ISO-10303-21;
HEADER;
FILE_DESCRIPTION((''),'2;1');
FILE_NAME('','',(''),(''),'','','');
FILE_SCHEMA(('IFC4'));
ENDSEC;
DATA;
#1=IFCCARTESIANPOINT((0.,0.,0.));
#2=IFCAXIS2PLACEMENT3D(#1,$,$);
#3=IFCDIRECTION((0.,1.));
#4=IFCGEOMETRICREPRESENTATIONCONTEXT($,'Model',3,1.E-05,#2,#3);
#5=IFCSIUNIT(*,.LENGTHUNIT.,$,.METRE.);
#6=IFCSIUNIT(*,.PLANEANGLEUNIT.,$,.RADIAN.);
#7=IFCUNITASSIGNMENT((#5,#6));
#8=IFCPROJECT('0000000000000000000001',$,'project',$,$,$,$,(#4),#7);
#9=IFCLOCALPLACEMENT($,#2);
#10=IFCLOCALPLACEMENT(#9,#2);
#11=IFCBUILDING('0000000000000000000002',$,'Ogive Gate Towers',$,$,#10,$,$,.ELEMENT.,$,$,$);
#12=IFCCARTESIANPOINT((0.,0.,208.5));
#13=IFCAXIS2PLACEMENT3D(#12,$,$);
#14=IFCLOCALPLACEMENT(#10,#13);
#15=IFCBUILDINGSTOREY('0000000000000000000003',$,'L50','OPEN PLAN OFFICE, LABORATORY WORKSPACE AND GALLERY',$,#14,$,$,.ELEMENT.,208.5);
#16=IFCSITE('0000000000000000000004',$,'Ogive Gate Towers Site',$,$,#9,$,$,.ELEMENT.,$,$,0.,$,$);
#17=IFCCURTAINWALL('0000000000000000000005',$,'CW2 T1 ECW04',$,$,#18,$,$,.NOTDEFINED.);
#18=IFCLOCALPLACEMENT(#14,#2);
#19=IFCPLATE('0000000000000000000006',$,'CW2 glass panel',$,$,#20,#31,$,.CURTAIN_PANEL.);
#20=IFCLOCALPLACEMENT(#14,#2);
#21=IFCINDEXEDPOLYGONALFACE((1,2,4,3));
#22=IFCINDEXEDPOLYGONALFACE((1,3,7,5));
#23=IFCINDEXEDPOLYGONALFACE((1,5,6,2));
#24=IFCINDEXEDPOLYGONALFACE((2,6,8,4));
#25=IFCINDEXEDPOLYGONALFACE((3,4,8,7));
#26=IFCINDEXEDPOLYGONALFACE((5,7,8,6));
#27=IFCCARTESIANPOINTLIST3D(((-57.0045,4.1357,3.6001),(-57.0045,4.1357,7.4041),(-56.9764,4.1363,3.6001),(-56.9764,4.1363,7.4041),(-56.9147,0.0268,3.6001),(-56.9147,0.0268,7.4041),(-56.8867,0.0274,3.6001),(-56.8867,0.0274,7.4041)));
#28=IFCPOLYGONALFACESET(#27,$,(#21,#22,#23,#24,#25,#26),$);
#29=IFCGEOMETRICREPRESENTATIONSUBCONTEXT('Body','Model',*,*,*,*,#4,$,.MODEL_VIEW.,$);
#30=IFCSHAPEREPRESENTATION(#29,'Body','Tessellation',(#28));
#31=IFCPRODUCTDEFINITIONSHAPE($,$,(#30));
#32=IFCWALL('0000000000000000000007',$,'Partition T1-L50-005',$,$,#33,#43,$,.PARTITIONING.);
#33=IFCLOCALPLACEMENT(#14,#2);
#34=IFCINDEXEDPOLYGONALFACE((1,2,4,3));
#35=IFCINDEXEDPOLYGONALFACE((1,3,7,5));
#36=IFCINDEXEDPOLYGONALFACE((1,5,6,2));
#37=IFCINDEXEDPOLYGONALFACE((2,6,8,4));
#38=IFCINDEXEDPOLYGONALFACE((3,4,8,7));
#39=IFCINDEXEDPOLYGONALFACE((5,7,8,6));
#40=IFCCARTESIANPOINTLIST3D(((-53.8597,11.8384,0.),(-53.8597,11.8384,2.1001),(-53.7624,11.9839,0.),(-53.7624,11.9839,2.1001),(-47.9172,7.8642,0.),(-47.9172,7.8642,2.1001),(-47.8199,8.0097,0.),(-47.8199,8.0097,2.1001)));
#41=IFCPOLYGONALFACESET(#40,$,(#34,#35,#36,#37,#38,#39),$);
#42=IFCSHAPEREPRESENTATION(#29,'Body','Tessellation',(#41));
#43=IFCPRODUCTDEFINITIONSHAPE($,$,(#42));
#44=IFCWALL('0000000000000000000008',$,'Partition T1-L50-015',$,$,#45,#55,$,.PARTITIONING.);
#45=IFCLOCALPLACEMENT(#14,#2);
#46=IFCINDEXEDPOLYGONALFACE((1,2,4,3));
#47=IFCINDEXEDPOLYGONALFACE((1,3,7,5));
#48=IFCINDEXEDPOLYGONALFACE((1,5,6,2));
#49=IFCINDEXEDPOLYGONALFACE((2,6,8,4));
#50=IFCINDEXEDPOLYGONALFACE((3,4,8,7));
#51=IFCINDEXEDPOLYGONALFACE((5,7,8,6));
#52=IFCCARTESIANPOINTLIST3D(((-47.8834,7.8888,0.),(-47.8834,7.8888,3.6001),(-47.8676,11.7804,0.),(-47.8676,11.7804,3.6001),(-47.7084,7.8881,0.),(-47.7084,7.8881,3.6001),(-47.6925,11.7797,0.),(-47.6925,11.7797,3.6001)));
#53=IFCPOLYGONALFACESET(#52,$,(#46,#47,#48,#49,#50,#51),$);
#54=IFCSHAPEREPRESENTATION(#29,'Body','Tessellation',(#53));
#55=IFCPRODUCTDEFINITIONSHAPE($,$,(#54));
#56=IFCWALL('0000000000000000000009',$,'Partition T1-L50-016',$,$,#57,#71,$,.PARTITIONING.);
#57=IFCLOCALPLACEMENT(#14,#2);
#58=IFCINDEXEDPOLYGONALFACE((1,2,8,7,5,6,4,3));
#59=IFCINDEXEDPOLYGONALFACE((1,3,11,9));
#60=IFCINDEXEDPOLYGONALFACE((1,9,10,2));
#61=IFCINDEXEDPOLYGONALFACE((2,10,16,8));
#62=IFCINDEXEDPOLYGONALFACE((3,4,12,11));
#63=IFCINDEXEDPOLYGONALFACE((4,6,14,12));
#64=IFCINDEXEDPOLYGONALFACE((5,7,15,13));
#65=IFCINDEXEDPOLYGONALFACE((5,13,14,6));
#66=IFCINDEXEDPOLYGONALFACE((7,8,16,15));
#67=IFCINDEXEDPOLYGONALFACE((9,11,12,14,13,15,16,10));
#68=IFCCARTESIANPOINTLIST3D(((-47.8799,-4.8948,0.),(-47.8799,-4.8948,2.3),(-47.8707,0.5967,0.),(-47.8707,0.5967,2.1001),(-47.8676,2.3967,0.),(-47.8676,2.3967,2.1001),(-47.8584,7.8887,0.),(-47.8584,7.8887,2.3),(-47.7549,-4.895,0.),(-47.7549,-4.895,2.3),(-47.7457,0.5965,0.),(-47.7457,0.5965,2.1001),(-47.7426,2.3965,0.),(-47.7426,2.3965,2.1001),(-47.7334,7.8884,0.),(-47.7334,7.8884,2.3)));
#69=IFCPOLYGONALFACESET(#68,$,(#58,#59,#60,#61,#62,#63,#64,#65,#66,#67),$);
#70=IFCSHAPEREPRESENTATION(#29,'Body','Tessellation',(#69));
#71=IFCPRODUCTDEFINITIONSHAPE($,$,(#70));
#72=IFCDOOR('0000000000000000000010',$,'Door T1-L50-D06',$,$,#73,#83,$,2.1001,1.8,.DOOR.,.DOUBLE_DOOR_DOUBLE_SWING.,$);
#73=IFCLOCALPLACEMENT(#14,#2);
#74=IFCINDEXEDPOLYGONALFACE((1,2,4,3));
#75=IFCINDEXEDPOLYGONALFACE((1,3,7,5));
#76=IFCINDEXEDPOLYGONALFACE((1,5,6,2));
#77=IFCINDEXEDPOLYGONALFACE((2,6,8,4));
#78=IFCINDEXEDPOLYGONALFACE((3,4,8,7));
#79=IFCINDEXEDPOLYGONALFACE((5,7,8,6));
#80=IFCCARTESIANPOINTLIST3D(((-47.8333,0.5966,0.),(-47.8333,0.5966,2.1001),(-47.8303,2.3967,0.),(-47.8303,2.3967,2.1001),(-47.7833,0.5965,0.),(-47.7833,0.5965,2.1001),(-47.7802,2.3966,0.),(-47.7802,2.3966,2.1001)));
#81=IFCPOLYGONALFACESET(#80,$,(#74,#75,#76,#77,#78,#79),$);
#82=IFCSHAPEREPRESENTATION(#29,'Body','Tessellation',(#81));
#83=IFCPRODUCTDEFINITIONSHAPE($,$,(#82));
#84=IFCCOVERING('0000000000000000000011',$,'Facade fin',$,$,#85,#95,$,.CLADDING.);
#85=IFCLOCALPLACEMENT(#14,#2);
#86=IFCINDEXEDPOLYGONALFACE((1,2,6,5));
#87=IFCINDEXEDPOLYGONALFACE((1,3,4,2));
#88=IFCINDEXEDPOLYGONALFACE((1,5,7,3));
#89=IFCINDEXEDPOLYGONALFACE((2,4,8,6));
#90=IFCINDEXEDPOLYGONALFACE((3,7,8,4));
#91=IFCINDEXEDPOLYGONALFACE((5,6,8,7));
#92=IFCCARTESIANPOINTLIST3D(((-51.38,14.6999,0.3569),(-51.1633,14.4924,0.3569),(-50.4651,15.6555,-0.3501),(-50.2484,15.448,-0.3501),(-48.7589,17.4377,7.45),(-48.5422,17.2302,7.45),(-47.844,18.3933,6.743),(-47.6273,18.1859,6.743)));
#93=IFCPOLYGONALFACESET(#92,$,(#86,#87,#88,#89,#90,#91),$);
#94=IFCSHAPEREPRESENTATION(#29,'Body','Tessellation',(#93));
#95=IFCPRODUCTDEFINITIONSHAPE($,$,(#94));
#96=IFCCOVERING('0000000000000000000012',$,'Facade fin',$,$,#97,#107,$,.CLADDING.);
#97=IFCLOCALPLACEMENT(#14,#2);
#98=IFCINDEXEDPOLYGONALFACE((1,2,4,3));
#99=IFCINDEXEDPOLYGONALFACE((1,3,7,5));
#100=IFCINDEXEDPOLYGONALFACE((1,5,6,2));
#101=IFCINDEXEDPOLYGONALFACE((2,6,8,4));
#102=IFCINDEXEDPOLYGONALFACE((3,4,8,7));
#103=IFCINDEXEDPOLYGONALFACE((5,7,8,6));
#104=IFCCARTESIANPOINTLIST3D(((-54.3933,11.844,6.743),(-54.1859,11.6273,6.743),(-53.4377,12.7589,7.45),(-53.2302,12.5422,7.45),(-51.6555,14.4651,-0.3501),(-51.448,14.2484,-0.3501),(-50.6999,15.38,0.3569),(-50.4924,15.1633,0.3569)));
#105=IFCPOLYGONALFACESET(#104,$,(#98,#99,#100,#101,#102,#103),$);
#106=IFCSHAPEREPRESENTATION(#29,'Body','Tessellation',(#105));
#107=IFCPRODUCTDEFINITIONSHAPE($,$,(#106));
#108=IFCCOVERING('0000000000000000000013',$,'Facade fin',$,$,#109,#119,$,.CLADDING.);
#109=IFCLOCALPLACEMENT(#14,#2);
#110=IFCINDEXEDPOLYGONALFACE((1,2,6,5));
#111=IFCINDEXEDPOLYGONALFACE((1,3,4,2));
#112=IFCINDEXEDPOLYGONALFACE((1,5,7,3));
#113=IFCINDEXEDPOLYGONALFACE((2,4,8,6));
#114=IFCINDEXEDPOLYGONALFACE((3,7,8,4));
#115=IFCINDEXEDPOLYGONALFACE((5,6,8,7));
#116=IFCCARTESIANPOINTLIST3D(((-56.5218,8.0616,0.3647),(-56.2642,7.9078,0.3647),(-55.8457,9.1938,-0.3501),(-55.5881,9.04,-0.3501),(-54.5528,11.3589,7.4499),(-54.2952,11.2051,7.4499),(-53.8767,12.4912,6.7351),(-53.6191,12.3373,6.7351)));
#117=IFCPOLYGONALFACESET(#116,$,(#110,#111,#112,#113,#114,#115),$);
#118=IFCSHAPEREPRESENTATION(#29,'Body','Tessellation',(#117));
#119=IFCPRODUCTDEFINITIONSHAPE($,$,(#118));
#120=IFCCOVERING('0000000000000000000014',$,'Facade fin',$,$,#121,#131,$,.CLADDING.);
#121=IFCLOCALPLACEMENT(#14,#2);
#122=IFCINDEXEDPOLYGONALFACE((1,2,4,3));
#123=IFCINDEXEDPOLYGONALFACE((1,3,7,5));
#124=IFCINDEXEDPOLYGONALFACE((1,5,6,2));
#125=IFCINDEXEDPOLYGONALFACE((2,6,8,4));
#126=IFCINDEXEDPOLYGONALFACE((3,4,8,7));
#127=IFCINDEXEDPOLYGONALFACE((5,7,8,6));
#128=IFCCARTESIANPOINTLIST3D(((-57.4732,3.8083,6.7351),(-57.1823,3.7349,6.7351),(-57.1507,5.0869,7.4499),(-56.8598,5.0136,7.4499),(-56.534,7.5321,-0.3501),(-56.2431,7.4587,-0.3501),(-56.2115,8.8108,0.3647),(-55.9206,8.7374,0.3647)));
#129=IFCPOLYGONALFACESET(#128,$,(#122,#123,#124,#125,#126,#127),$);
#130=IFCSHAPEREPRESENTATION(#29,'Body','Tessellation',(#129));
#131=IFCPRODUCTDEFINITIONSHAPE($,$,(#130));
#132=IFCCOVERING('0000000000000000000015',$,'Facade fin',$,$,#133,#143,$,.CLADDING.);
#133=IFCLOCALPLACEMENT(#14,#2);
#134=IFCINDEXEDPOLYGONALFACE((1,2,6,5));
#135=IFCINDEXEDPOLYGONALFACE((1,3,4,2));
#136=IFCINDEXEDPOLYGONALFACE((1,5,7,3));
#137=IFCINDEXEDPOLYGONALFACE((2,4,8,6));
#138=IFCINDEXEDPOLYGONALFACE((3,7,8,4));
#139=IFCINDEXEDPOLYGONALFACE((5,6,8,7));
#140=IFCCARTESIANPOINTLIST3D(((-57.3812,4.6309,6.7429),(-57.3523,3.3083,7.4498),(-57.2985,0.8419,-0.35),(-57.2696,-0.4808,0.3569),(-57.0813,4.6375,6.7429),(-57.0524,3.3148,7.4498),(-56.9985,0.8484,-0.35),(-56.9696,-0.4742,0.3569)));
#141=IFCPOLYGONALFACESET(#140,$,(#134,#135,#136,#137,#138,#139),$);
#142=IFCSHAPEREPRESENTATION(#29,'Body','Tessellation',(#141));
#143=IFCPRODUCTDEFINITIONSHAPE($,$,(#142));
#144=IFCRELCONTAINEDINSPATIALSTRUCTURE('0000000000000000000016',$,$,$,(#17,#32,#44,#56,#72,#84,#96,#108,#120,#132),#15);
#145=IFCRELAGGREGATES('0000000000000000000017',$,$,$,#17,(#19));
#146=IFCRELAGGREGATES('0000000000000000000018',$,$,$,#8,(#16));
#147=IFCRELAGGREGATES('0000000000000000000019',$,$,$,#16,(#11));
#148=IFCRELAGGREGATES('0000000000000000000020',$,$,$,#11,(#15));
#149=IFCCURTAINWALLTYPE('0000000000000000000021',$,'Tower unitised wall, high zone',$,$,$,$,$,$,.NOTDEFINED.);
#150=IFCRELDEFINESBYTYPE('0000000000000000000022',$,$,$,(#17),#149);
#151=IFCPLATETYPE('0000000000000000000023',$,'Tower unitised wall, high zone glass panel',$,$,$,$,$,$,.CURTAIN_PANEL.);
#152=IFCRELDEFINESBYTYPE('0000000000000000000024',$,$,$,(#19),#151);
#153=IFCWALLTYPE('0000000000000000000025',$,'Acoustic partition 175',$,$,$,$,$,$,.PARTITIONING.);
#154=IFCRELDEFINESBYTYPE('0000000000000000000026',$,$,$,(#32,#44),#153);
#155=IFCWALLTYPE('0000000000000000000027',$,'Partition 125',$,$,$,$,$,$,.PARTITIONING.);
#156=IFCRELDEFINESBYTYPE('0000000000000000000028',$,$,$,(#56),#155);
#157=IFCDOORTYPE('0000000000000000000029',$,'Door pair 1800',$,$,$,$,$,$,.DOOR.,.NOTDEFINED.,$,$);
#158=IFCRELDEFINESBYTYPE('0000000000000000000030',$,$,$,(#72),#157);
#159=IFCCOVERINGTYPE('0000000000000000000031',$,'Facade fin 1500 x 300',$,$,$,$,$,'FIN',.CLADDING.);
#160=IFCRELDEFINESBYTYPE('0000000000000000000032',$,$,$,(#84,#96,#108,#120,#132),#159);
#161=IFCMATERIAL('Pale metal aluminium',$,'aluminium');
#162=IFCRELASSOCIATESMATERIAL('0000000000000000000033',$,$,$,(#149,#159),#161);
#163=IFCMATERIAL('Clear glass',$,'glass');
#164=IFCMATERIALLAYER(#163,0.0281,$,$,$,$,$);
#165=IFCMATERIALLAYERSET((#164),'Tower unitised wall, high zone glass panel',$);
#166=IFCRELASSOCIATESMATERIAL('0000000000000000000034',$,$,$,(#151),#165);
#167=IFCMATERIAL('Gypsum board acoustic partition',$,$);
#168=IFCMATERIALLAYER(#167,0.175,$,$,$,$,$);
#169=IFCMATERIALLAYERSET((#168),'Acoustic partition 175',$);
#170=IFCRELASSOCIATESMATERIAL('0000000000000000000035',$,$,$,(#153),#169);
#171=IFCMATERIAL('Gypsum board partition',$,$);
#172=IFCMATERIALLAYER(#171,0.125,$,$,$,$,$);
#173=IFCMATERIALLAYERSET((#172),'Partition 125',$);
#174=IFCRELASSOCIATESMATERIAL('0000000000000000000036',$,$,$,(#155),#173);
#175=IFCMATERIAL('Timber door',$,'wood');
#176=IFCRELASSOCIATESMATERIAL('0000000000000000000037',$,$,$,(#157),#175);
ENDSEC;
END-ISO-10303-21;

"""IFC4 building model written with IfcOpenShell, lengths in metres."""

from ifc_helpers import new_model, si_unit, direction, frame, frame_2d, origin, origin_2d, place, context, subcontext, project, spatial, rectangle, extrude, material, layer, layer_set, material_profile, profile_set, type_object, element, fill, aggregate, save


model = new_model("IFC4")

# Units and contexts
model_context = context("Model", 3, precision=1e-05, world=origin(), true_north=direction((0.0, 1.0)))
body_context = subcontext(model_context, "Body", "Model", "MODEL_VIEW")
ifc_project = project(units=[si_unit("LENGTHUNIT", "METRE"), si_unit("PLANEANGLEUNIT", "RADIAN")], contexts=[model_context])

# Site, building, storey
site_placement = place(None, origin())
site = spatial("IfcSite", under=ifc_project, at=site_placement, Name="Ogive Gate Towers Site", CompositionType="ELEMENT", RefElevation=0.0)
building_placement = place(site_placement, origin())
building = spatial("IfcBuilding", under=site, at=building_placement, Name="Ogive Gate Towers", CompositionType="ELEMENT")
storey_placement = place(building_placement, frame((0.0, 0.0, 208.5)))
storey = spatial("IfcBuildingStorey", under=building, at=storey_placement, Name="L50", Description="OPEN PLAN OFFICE, LABORATORY WORKSPACE AND GALLERY", CompositionType="ELEMENT", Elevation=208.5)

# Curtain wall
ifc_material_1 = material(Name="Pale metal aluminium", Category="aluminium")
curtain_wall_type = type_object("IfcCurtainWallType", Name="Tower unitised wall, high zone", PredefinedType="NOTDEFINED", material=ifc_material_1)
curtain_wall_1_placement = place(storey_placement, origin())
curtain_wall_1 = element("IfcCurtainWall", 1, at=curtain_wall_1_placement, inside=storey, type_object=curtain_wall_type, Name="CW2 T1 ECW04", PredefinedType="NOTDEFINED")

# Plate
ifc_material_2 = material(Name="Clear glass", Category="glass")
ifc_layer_1 = layer(ifc_material_2, 0.0281)
ifc_layer_set_1 = layer_set([ifc_layer_1], Name="Tower unitised wall, high zone glass panel")
plate_type = type_object("IfcPlateType", Name="Tower unitised wall, high zone glass panel", PredefinedType="CURTAIN_PANEL", material=ifc_layer_set_1)
plate_1_placement = place(storey_placement, frame((-56.9456, 2.0815, 3.6001), z_axis=(0.0, 0.0, 1.0), x_axis=(0.021832, -0.999762, 0.0)))
plate_1 = element("IfcPlate", 2, at=plate_1_placement, type_object=plate_type, Name="CW2 glass panel", PredefinedType="CURTAIN_PANEL", context=body_context, shape_type="SweptSolid", body=[
    extrude(rectangle(XDim=4.1099, YDim=0.0281, at=origin_2d()), origin(), (0.0, 0.0, 1.0), 3.804),
])
aggregate(curtain_wall_1, [plate_1])

# Walls
ifc_material_3 = material(Name="Gypsum board acoustic partition")
ifc_layer_2 = layer(ifc_material_3, 0.175)
ifc_layer_set_2 = layer_set([ifc_layer_2], Name="Acoustic partition 175")
wall_type_1 = type_object("IfcWallType", Name="Acoustic partition 175", PredefinedType="PARTITIONING", material=ifc_layer_set_2)
wall_1_placement = place(storey_placement, frame((-53.811, 11.9111, 0.0), z_axis=(0.0, 0.0, 1.0), x_axis=(0.83124, -0.555913, 0.0)))
element("IfcWall", 3, at=wall_1_placement, inside=storey, type_object=wall_type_1, Name="Partition T1-L50-005", PredefinedType="PARTITIONING", context=body_context, shape_type="SweptSolid", body=[
    extrude(rectangle(XDim=7.1489, YDim=0.175, at=frame_2d((3.5745, 0.0))), origin(), (0.0, 0.0, 1.0), 2.1001),
])
wall_2_placement = place(storey_placement, frame((-47.78, 11.78, 0.0), z_axis=(0.0, 0.0, 1.0), x_axis=(-0.004078, -0.999992, 0.0)))
element("IfcWall", 4, at=wall_2_placement, inside=storey, type_object=wall_type_1, Name="Partition T1-L50-015", PredefinedType="PARTITIONING", context=body_context, shape_type="SweptSolid", body=[
    extrude(rectangle(XDim=3.8916, YDim=0.175, at=frame_2d((1.9458, 0.0))), origin(), (0.0, 0.0, 1.0), 3.6001),
])

# Wall, opening, door
ifc_material_4 = material(Name="Gypsum board partition")
ifc_layer_3 = layer(ifc_material_4, 0.125)
ifc_layer_set_3 = layer_set([ifc_layer_3], Name="Partition 125")
wall_type_2 = type_object("IfcWallType", Name="Partition 125", PredefinedType="PARTITIONING", material=ifc_layer_set_3)
wall_3_placement = place(storey_placement, frame((-47.7959, 7.8884, 0.0), z_axis=(0.0, 0.0, 1.0), x_axis=(-0.001681, -0.999999, 0.0)))
wall_3 = element("IfcWall", 5, at=wall_3_placement, inside=storey, type_object=wall_type_2, Name="Partition T1-L50-016", PredefinedType="PARTITIONING", context=body_context, shape_type="SweptSolid", body=[
    extrude(rectangle(XDim=12.7834, YDim=0.125, at=frame_2d((6.3916, 0.0))), origin(), (0.0, 0.0, 1.0), 2.3),
])
opening_placement = place(wall_3_placement, frame((5.4919, 0.0, 0.0)))
opening = element("IfcOpeningElement", 6, at=opening_placement, cuts=wall_3, PredefinedType="OPENING", context=body_context, shape_type="SweptSolid", body=[
    extrude(rectangle(XDim=1.8, YDim=2.1001, at=frame_2d((0.8999, 1.05))), frame((0.0, 0.0725, 0.0), z_axis=(0.0, -1.0, 0.0), x_axis=(1.0, 0.0, 0.0)), (0.0, 0.0, 1.0), 0.145),
])
ifc_material_5 = material(Name="Timber door", Category="wood")
door_type = type_object("IfcDoorType", Name="Door pair 1800", OperationType="NOTDEFINED", PredefinedType="DOOR", material=ifc_material_5)
door_placement = place(opening_placement, origin())
door = element("IfcDoor", 7, at=door_placement, inside=storey, type_object=door_type, Name="Door T1-L50-D06", OperationType="DOUBLE_DOOR_DOUBLE_SWING", OverallHeight=2.1001, OverallWidth=1.8, PredefinedType="DOOR", context=body_context, shape_type="SweptSolid", body=[
    extrude(rectangle(XDim=1.8, YDim=2.1001, at=frame_2d((0.8999, 1.05))), frame((0.0, 0.0249, 0.0), z_axis=(0.0, -1.0, 0.0), x_axis=(1.0, 0.0, 0.0)), (0.0, 0.0, 1.0), 0.05),
])
fill(opening, door)

# Coverings
ifc_material_profile_1 = material_profile(ifc_material_1, rectangle(XDim=0.3, YDim=1.5, at=origin_2d()), Name="1500 x 300 pale metal aluminium")
ifc_profile_set_1 = profile_set([ifc_material_profile_1], Name="Pale metal aluminium")
covering_type = type_object("IfcCoveringType", Name="Facade fin 1500 x 300", ElementType="FIN", PredefinedType="CLADDING", material=ifc_profile_set_1)
for number, where, z_axis, x_axis, name in (
    (8, (-50.8142, 15.074, 0.0034), (0.325919, 0.34043, 0.881978), (-0.722334, 0.691544, 0.0), "Facade fin"),
    (9, (-51.074, 14.8142, 0.0034), (-0.34043, -0.325919, 0.881978), (0.691544, -0.722334, 0.0), "Facade fin"),
):
    element("IfcCovering", number, at=place(storey_placement, frame(where, z_axis=z_axis, x_axis=x_axis)), inside=storey, type_object=covering_type, Name=name, PredefinedType="CLADDING", context=body_context, shape_type="SweptSolid", body=[
        extrude(rectangle(XDim=0.3, YDim=1.5, at=origin_2d()), origin(), (0.0, 0.0, 1.0), 8.0422),
    ])
for number, where, z_axis, x_axis, name in (
    (10, (-56.0549, 8.5508, 0.0073), (0.244318, 0.409146, 0.879152), (-0.858574, 0.51269, 0.0), "Facade fin"),
    (11, (-56.2273, 8.1348, 0.0073), (-0.11654, -0.46207, 0.879153), (0.969636, -0.244554, 0.0), "Facade fin"),
):
    element("IfcCovering", number, at=place(storey_placement, frame(where, z_axis=z_axis, x_axis=x_axis)), inside=storey, type_object=covering_type, Name=name, PredefinedType="CLADDING", context=body_context, shape_type="SweptSolid", body=[
        extrude(rectangle(XDim=0.3, YDim=1.5, at=origin_2d()), origin(), (0.0, 0.0, 1.0), 8.0591),
    ])
covering_placement = place(storey_placement, frame((-57.134, 0.1838, 0.0034), z_axis=(-0.010291, 0.471156, 0.88199), x_axis=(-0.999762, -0.021838, 0.0)))
element("IfcCovering", 12, at=covering_placement, inside=storey, type_object=covering_type, Name="Facade fin", PredefinedType="CLADDING", context=body_context, shape_type="SweptSolid", body=[
    extrude(rectangle(XDim=0.3, YDim=1.5, at=origin_2d()), origin(), (0.0, 0.0, 1.0), 8.042),
])

save(model, "model.ifc")
